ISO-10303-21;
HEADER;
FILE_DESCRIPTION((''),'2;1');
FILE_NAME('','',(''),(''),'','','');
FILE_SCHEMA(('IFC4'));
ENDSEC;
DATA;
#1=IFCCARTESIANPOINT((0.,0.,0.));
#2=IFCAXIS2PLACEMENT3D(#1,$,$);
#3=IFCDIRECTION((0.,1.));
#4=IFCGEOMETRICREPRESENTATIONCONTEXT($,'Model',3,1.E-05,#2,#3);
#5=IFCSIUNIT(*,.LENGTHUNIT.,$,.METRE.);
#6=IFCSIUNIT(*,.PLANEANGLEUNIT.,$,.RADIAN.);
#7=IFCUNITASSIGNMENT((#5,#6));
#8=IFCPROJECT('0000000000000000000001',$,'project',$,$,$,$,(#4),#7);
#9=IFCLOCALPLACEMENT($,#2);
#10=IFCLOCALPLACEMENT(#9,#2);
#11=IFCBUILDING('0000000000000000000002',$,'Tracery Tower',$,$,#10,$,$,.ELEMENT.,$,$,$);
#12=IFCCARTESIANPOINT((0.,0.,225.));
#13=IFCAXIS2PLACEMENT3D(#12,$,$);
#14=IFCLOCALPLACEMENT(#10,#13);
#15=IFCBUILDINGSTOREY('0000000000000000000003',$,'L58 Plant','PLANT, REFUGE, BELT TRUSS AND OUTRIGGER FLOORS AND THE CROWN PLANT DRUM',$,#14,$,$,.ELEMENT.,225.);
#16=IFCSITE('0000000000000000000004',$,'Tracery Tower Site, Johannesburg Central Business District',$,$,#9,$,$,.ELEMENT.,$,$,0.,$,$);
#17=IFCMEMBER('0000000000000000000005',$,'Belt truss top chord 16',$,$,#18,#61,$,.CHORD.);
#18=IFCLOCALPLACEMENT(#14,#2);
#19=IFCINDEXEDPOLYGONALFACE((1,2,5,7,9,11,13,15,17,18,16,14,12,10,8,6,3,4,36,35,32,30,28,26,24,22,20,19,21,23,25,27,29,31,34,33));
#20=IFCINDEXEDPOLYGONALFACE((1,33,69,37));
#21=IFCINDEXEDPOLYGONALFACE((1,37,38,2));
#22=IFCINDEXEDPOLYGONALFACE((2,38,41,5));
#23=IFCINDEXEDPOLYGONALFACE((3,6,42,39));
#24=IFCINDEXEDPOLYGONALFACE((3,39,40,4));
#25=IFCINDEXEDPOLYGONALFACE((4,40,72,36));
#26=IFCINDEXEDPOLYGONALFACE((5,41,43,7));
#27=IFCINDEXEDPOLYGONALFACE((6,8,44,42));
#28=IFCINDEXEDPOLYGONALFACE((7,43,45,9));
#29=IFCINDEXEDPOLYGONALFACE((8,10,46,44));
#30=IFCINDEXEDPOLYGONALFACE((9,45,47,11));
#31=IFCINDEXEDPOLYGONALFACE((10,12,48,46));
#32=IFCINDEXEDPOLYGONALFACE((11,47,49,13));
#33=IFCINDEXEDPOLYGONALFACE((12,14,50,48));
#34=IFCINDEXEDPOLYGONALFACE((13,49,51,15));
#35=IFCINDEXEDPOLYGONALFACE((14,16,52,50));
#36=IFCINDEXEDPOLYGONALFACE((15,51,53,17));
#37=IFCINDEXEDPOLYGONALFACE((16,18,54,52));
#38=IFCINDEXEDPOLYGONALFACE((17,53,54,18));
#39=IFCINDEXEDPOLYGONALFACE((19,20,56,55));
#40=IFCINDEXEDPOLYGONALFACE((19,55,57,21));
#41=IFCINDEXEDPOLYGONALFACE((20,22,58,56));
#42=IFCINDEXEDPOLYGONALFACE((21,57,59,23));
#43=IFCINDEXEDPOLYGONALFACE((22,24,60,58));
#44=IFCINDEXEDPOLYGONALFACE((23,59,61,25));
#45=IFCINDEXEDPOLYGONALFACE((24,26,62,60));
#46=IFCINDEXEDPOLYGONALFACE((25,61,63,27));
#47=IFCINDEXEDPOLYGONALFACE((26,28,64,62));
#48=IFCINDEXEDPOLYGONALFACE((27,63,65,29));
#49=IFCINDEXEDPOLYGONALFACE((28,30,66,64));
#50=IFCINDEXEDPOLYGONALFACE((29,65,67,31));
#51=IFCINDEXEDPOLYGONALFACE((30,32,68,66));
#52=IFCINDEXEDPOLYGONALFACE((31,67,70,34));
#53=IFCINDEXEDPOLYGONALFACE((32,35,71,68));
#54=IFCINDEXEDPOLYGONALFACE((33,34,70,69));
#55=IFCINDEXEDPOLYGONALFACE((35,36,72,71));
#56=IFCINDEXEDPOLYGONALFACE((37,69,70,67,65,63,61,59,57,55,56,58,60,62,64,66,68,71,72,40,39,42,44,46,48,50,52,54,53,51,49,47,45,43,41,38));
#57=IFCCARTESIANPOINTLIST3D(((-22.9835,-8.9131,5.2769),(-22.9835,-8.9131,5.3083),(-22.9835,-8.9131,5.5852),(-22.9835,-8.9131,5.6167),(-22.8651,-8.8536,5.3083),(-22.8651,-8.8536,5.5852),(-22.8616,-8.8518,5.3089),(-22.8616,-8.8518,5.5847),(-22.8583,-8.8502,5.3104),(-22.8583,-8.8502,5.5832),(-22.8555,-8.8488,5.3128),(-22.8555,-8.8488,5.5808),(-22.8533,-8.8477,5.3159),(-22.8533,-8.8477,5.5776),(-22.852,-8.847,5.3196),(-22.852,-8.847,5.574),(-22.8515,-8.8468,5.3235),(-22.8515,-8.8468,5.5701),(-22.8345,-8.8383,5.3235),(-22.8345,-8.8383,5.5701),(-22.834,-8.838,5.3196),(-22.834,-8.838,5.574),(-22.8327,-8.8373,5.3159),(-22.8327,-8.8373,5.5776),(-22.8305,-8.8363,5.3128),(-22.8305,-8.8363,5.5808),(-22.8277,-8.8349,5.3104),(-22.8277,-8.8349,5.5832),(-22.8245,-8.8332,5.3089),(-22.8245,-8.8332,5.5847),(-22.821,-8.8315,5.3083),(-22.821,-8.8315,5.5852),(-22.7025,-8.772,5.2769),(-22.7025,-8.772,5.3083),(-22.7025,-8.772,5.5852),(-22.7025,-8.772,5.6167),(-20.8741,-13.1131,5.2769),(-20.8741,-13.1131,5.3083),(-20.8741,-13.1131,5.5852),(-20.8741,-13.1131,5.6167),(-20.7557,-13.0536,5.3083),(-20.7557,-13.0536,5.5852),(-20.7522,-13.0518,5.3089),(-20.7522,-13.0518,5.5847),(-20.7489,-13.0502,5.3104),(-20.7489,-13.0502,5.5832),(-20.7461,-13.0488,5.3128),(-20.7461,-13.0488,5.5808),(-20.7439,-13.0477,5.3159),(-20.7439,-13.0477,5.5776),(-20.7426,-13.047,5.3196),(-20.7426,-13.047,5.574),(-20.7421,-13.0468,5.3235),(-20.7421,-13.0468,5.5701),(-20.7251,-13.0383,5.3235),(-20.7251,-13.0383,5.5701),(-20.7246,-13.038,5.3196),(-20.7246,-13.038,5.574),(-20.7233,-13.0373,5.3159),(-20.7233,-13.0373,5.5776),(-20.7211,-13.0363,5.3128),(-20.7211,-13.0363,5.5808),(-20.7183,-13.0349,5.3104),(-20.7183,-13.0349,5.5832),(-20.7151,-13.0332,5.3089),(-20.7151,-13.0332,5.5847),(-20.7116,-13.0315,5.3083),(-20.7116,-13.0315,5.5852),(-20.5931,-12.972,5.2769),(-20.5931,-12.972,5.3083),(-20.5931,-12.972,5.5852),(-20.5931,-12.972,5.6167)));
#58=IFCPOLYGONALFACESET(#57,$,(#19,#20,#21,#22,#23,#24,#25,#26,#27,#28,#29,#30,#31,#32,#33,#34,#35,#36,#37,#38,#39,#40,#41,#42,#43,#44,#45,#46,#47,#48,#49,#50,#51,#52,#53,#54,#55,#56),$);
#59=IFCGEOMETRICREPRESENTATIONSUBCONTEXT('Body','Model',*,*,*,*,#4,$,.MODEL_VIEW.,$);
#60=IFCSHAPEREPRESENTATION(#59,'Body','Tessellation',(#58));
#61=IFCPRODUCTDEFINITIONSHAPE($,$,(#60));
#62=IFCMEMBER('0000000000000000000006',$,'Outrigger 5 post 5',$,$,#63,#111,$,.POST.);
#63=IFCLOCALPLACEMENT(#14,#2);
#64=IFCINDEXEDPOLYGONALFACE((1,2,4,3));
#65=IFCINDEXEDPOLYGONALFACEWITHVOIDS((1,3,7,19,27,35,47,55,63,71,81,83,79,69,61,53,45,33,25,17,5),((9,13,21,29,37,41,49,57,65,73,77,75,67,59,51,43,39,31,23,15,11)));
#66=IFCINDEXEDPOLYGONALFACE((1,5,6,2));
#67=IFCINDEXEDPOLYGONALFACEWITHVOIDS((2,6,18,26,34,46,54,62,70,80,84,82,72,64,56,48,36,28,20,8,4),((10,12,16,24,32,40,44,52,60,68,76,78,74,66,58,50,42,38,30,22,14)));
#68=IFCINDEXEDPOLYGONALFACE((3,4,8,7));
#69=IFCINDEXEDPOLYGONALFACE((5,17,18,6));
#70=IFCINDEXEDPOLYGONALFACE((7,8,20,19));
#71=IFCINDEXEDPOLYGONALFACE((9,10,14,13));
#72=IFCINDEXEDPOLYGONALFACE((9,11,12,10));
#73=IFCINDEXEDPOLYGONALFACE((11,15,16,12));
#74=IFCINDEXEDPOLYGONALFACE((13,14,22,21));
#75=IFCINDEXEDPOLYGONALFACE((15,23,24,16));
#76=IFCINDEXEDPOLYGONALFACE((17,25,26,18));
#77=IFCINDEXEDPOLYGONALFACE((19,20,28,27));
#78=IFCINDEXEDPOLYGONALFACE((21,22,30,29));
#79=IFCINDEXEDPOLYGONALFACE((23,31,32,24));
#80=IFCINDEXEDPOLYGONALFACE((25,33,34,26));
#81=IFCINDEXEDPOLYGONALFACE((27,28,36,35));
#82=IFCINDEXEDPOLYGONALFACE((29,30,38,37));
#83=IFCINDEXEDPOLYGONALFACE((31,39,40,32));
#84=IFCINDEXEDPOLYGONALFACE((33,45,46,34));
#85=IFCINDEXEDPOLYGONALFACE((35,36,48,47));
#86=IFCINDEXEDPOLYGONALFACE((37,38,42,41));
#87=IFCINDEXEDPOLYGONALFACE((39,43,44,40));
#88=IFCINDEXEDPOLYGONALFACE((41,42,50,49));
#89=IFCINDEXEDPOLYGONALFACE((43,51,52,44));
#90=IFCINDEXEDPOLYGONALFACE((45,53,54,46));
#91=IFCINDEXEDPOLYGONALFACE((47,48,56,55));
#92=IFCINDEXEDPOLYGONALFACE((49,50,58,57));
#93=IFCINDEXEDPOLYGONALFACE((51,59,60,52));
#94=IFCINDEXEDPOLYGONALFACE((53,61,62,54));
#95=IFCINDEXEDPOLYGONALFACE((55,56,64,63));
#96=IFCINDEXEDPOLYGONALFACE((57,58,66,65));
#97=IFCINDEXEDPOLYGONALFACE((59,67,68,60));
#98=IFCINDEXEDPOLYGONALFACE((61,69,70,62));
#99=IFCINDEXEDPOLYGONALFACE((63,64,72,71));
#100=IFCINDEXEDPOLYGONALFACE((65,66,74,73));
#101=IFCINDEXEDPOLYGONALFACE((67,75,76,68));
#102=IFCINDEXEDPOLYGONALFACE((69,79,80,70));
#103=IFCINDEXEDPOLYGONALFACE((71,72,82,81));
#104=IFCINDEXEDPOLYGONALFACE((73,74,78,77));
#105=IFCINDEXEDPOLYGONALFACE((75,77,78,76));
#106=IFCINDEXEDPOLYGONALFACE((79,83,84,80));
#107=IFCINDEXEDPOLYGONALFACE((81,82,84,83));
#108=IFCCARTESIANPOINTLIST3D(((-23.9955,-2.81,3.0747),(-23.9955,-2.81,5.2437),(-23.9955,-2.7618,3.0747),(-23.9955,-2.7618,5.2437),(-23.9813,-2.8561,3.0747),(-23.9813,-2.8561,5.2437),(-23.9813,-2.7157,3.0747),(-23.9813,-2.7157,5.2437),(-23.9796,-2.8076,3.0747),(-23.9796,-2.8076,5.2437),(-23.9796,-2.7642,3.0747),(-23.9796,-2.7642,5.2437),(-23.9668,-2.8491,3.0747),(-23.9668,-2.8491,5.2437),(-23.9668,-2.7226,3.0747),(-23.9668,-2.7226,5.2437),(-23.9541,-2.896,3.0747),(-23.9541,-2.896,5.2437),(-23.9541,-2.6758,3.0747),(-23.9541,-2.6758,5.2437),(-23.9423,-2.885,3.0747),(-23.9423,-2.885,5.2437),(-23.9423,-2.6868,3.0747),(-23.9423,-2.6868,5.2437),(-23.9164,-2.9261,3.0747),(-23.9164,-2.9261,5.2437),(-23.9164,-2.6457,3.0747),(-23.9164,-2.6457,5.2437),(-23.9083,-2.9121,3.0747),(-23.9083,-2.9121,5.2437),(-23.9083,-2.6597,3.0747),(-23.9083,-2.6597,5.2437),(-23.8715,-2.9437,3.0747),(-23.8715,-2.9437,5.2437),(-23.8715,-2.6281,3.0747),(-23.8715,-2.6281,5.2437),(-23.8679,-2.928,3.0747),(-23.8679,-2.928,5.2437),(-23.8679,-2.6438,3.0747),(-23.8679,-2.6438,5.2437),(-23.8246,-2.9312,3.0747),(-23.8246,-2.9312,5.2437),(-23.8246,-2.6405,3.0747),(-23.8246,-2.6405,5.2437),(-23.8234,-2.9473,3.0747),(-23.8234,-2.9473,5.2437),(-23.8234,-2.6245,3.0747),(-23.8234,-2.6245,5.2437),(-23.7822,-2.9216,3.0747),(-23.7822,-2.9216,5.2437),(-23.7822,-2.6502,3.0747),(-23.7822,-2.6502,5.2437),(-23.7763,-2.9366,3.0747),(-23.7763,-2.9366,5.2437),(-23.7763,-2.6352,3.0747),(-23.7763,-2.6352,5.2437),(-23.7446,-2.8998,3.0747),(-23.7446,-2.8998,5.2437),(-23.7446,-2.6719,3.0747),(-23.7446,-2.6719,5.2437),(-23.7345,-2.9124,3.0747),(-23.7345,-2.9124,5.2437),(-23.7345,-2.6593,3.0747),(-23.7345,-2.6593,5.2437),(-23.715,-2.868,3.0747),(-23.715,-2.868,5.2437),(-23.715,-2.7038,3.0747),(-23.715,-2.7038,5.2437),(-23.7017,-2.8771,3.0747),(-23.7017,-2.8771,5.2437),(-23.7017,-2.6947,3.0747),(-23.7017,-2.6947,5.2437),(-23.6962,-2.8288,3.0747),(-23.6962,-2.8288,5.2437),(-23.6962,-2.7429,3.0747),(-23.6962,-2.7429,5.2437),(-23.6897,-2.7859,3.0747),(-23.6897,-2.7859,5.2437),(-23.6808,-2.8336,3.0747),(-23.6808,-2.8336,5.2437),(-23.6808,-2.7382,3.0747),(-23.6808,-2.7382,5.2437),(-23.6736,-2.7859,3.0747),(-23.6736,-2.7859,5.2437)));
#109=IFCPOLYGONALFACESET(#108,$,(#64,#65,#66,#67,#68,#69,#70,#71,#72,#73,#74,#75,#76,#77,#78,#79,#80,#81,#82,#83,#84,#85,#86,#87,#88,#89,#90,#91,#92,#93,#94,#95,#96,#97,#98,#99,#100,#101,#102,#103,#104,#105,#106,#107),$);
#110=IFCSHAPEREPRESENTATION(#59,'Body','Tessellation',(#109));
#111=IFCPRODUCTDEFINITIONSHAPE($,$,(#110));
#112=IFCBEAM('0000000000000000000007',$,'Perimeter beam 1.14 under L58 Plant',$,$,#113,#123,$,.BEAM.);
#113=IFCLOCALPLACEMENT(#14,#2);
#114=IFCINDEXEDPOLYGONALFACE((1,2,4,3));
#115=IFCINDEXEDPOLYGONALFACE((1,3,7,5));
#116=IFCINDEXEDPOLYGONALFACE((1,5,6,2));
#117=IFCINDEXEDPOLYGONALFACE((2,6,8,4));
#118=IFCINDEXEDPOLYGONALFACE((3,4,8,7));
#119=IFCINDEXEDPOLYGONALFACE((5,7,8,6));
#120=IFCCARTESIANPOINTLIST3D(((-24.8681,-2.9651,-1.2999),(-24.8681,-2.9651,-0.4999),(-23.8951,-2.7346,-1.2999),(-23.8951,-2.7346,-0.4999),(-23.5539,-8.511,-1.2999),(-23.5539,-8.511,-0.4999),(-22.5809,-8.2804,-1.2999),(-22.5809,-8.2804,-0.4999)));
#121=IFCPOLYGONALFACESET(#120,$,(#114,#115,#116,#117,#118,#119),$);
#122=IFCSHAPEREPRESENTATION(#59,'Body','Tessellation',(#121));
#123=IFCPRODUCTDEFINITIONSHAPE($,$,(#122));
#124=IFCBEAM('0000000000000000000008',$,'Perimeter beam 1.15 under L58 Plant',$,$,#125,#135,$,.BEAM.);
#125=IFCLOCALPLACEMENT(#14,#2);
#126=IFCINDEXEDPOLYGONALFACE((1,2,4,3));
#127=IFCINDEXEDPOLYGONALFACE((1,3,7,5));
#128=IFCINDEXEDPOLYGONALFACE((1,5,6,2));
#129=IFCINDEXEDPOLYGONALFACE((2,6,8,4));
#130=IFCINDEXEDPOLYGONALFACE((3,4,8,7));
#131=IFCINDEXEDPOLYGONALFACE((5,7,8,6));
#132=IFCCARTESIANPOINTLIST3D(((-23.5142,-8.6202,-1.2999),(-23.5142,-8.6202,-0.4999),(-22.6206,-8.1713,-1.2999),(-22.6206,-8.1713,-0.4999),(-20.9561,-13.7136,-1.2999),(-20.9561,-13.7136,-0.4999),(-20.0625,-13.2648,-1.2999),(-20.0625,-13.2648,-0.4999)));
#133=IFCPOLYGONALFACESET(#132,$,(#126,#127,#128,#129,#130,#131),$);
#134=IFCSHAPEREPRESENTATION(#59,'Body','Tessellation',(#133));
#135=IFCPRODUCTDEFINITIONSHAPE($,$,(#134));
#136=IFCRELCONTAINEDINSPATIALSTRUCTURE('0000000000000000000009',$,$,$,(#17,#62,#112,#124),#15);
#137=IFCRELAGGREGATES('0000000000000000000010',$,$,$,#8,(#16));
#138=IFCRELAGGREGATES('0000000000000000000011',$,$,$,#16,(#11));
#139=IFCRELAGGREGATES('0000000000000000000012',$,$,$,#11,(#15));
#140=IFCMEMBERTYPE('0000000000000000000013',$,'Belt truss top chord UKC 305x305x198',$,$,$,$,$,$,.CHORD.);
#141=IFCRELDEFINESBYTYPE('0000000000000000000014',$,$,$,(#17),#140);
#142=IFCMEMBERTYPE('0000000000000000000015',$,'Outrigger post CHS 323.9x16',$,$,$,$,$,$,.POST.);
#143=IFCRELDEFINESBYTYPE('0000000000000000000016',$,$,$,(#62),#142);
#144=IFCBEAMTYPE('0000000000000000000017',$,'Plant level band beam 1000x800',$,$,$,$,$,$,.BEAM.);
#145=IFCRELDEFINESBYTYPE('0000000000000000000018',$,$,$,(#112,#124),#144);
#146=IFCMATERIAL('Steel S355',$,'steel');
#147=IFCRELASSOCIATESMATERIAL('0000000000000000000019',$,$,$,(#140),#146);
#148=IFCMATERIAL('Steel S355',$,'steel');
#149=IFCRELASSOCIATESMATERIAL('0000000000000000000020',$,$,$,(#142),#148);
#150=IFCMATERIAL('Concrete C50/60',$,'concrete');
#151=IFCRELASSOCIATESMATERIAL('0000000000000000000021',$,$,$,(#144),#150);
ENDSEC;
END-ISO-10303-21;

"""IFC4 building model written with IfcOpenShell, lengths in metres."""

from ifc_helpers import new_model, si_unit, direction, frame, origin, origin_2d, place, context, subcontext, project, spatial, rectangle, hollow_circle, i_section, extrude, material, material_profile, profile_set, type_object, element, save


model = new_model("IFC4")

# Units and contexts
model_context = context("Model", 3, precision=1e-05, world=origin(), true_north=direction((0.0, 1.0)))
body_context = subcontext(model_context, "Body", "Model", "MODEL_VIEW")
ifc_project = project(units=[si_unit("LENGTHUNIT", "METRE"), si_unit("PLANEANGLEUNIT", "RADIAN")], contexts=[model_context])

# Site, building, storey
site_placement = place(None, origin())
site = spatial("IfcSite", under=ifc_project, at=site_placement, Name="Tracery Tower Site, Johannesburg Central Business District", CompositionType="ELEMENT", RefElevation=0.0)
building_placement = place(site_placement, origin())
building = spatial("IfcBuilding", under=site, at=building_placement, Name="Tracery Tower", CompositionType="ELEMENT")
storey_placement = place(building_placement, frame((0.0, 0.0, 225.0)))
storey = spatial("IfcBuildingStorey", under=building, at=storey_placement, Name="L58 Plant", Description="PLANT, REFUGE, BELT TRUSS AND OUTRIGGER FLOORS AND THE CROWN PLANT DRUM", CompositionType="ELEMENT", Elevation=225.0)

# Members
ifc_material_1 = material(Name="Steel S355", Category="steel")
ifc_material_profile_1 = material_profile(ifc_material_1, i_section(OverallWidth=0.3145, OverallDepth=0.3398, WebThickness=0.019, FlangeThickness=0.0315, FilletRadius=0.0151, at=origin_2d()), Name="UKC 305x305x198")
ifc_profile_set_1 = profile_set([ifc_material_profile_1], Name="Steel S355")
member_type_1 = type_object("IfcMemberType", Name="Belt truss top chord UKC 305x305x198", PredefinedType="CHORD", material=ifc_profile_set_1)
member_1_placement = place(storey_placement, frame((-22.843, -8.8425, 5.4468), z_axis=(0.448813, -0.893626, 0.0), x_axis=(0.893626, 0.448813, 0.0)))
element("IfcMember", 1, at=member_1_placement, inside=storey, type_object=member_type_1, Name="Belt truss top chord 16", PredefinedType="CHORD", context=body_context, shape_type="SweptSolid", body=[
    extrude(i_section(OverallWidth=0.3145, OverallDepth=0.3398, WebThickness=0.019, FlangeThickness=0.0315, FilletRadius=0.0151, at=origin_2d()), origin(), (0.0, 0.0, 1.0), 4.7),
])
ifc_material_2 = material(Name="Steel S355", Category="steel")
ifc_material_profile_2 = material_profile(ifc_material_2, hollow_circle(Radius=0.1619, WallThickness=0.0161, at=origin_2d()), Name="CHS 323.9x16")
ifc_profile_set_2 = profile_set([ifc_material_profile_2], Name="Steel S355")
member_type_2 = type_object("IfcMemberType", Name="Outrigger post CHS 323.9x16", PredefinedType="POST", material=ifc_profile_set_2)
member_2_placement = place(storey_placement, frame((-23.8354, -2.7859, 3.0747), z_axis=(0.0, 0.0, 1.0), x_axis=(1.0, 0.0, 0.0)))
element("IfcMember", 2, at=member_2_placement, inside=storey, type_object=member_type_2, Name="Outrigger 5 post 5", PredefinedType="POST", context=body_context, shape_type="SweptSolid", body=[
    extrude(hollow_circle(Radius=0.1619, WallThickness=0.0161, at=origin_2d()), origin(), (0.0, 0.0, 1.0), 2.1689),
])

# Beams
ifc_material_3 = material(Name="Concrete C50/60", Category="concrete")
ifc_material_profile_3 = material_profile(ifc_material_3, rectangle(XDim=1.0, YDim=0.8, at=origin_2d()), Name="RC 1000x800")
ifc_profile_set_3 = profile_set([ifc_material_profile_3], Name="Concrete C50/60")
beam_type = type_object("IfcBeamType", Name="Plant level band beam 1000x800", PredefinedType="BEAM", material=ifc_profile_set_3)
beam_1_placement = place(storey_placement, frame((-24.3816, -2.8499, -0.8999), z_axis=(0.230584, -0.973052, 0.0), x_axis=(0.973052, 0.230584, 0.0)))
element("IfcBeam", 3, at=beam_1_placement, inside=storey, type_object=beam_type, Name="Perimeter beam 1.14 under L58 Plant", PredefinedType="BEAM", context=body_context, shape_type="SweptSolid", body=[
    extrude(rectangle(XDim=1.0, YDim=0.8, at=origin_2d()), origin(), (0.0, 0.0, 1.0), 5.6995),
])
beam_2_placement = place(storey_placement, frame((-23.0674, -8.3958, -0.8999), z_axis=(0.448806, -0.893629, 0.0), x_axis=(0.893629, 0.448806, 0.0)))
element("IfcBeam", 4, at=beam_2_placement, inside=storey, type_object=beam_type, Name="Perimeter beam 1.15 under L58 Plant", PredefinedType="BEAM", context=body_context, shape_type="SweptSolid", body=[
    extrude(rectangle(XDim=1.0, YDim=0.8, at=origin_2d()), origin(), (0.0, 0.0, 1.0), 5.6997),
])

save(model, "model.ifc")
